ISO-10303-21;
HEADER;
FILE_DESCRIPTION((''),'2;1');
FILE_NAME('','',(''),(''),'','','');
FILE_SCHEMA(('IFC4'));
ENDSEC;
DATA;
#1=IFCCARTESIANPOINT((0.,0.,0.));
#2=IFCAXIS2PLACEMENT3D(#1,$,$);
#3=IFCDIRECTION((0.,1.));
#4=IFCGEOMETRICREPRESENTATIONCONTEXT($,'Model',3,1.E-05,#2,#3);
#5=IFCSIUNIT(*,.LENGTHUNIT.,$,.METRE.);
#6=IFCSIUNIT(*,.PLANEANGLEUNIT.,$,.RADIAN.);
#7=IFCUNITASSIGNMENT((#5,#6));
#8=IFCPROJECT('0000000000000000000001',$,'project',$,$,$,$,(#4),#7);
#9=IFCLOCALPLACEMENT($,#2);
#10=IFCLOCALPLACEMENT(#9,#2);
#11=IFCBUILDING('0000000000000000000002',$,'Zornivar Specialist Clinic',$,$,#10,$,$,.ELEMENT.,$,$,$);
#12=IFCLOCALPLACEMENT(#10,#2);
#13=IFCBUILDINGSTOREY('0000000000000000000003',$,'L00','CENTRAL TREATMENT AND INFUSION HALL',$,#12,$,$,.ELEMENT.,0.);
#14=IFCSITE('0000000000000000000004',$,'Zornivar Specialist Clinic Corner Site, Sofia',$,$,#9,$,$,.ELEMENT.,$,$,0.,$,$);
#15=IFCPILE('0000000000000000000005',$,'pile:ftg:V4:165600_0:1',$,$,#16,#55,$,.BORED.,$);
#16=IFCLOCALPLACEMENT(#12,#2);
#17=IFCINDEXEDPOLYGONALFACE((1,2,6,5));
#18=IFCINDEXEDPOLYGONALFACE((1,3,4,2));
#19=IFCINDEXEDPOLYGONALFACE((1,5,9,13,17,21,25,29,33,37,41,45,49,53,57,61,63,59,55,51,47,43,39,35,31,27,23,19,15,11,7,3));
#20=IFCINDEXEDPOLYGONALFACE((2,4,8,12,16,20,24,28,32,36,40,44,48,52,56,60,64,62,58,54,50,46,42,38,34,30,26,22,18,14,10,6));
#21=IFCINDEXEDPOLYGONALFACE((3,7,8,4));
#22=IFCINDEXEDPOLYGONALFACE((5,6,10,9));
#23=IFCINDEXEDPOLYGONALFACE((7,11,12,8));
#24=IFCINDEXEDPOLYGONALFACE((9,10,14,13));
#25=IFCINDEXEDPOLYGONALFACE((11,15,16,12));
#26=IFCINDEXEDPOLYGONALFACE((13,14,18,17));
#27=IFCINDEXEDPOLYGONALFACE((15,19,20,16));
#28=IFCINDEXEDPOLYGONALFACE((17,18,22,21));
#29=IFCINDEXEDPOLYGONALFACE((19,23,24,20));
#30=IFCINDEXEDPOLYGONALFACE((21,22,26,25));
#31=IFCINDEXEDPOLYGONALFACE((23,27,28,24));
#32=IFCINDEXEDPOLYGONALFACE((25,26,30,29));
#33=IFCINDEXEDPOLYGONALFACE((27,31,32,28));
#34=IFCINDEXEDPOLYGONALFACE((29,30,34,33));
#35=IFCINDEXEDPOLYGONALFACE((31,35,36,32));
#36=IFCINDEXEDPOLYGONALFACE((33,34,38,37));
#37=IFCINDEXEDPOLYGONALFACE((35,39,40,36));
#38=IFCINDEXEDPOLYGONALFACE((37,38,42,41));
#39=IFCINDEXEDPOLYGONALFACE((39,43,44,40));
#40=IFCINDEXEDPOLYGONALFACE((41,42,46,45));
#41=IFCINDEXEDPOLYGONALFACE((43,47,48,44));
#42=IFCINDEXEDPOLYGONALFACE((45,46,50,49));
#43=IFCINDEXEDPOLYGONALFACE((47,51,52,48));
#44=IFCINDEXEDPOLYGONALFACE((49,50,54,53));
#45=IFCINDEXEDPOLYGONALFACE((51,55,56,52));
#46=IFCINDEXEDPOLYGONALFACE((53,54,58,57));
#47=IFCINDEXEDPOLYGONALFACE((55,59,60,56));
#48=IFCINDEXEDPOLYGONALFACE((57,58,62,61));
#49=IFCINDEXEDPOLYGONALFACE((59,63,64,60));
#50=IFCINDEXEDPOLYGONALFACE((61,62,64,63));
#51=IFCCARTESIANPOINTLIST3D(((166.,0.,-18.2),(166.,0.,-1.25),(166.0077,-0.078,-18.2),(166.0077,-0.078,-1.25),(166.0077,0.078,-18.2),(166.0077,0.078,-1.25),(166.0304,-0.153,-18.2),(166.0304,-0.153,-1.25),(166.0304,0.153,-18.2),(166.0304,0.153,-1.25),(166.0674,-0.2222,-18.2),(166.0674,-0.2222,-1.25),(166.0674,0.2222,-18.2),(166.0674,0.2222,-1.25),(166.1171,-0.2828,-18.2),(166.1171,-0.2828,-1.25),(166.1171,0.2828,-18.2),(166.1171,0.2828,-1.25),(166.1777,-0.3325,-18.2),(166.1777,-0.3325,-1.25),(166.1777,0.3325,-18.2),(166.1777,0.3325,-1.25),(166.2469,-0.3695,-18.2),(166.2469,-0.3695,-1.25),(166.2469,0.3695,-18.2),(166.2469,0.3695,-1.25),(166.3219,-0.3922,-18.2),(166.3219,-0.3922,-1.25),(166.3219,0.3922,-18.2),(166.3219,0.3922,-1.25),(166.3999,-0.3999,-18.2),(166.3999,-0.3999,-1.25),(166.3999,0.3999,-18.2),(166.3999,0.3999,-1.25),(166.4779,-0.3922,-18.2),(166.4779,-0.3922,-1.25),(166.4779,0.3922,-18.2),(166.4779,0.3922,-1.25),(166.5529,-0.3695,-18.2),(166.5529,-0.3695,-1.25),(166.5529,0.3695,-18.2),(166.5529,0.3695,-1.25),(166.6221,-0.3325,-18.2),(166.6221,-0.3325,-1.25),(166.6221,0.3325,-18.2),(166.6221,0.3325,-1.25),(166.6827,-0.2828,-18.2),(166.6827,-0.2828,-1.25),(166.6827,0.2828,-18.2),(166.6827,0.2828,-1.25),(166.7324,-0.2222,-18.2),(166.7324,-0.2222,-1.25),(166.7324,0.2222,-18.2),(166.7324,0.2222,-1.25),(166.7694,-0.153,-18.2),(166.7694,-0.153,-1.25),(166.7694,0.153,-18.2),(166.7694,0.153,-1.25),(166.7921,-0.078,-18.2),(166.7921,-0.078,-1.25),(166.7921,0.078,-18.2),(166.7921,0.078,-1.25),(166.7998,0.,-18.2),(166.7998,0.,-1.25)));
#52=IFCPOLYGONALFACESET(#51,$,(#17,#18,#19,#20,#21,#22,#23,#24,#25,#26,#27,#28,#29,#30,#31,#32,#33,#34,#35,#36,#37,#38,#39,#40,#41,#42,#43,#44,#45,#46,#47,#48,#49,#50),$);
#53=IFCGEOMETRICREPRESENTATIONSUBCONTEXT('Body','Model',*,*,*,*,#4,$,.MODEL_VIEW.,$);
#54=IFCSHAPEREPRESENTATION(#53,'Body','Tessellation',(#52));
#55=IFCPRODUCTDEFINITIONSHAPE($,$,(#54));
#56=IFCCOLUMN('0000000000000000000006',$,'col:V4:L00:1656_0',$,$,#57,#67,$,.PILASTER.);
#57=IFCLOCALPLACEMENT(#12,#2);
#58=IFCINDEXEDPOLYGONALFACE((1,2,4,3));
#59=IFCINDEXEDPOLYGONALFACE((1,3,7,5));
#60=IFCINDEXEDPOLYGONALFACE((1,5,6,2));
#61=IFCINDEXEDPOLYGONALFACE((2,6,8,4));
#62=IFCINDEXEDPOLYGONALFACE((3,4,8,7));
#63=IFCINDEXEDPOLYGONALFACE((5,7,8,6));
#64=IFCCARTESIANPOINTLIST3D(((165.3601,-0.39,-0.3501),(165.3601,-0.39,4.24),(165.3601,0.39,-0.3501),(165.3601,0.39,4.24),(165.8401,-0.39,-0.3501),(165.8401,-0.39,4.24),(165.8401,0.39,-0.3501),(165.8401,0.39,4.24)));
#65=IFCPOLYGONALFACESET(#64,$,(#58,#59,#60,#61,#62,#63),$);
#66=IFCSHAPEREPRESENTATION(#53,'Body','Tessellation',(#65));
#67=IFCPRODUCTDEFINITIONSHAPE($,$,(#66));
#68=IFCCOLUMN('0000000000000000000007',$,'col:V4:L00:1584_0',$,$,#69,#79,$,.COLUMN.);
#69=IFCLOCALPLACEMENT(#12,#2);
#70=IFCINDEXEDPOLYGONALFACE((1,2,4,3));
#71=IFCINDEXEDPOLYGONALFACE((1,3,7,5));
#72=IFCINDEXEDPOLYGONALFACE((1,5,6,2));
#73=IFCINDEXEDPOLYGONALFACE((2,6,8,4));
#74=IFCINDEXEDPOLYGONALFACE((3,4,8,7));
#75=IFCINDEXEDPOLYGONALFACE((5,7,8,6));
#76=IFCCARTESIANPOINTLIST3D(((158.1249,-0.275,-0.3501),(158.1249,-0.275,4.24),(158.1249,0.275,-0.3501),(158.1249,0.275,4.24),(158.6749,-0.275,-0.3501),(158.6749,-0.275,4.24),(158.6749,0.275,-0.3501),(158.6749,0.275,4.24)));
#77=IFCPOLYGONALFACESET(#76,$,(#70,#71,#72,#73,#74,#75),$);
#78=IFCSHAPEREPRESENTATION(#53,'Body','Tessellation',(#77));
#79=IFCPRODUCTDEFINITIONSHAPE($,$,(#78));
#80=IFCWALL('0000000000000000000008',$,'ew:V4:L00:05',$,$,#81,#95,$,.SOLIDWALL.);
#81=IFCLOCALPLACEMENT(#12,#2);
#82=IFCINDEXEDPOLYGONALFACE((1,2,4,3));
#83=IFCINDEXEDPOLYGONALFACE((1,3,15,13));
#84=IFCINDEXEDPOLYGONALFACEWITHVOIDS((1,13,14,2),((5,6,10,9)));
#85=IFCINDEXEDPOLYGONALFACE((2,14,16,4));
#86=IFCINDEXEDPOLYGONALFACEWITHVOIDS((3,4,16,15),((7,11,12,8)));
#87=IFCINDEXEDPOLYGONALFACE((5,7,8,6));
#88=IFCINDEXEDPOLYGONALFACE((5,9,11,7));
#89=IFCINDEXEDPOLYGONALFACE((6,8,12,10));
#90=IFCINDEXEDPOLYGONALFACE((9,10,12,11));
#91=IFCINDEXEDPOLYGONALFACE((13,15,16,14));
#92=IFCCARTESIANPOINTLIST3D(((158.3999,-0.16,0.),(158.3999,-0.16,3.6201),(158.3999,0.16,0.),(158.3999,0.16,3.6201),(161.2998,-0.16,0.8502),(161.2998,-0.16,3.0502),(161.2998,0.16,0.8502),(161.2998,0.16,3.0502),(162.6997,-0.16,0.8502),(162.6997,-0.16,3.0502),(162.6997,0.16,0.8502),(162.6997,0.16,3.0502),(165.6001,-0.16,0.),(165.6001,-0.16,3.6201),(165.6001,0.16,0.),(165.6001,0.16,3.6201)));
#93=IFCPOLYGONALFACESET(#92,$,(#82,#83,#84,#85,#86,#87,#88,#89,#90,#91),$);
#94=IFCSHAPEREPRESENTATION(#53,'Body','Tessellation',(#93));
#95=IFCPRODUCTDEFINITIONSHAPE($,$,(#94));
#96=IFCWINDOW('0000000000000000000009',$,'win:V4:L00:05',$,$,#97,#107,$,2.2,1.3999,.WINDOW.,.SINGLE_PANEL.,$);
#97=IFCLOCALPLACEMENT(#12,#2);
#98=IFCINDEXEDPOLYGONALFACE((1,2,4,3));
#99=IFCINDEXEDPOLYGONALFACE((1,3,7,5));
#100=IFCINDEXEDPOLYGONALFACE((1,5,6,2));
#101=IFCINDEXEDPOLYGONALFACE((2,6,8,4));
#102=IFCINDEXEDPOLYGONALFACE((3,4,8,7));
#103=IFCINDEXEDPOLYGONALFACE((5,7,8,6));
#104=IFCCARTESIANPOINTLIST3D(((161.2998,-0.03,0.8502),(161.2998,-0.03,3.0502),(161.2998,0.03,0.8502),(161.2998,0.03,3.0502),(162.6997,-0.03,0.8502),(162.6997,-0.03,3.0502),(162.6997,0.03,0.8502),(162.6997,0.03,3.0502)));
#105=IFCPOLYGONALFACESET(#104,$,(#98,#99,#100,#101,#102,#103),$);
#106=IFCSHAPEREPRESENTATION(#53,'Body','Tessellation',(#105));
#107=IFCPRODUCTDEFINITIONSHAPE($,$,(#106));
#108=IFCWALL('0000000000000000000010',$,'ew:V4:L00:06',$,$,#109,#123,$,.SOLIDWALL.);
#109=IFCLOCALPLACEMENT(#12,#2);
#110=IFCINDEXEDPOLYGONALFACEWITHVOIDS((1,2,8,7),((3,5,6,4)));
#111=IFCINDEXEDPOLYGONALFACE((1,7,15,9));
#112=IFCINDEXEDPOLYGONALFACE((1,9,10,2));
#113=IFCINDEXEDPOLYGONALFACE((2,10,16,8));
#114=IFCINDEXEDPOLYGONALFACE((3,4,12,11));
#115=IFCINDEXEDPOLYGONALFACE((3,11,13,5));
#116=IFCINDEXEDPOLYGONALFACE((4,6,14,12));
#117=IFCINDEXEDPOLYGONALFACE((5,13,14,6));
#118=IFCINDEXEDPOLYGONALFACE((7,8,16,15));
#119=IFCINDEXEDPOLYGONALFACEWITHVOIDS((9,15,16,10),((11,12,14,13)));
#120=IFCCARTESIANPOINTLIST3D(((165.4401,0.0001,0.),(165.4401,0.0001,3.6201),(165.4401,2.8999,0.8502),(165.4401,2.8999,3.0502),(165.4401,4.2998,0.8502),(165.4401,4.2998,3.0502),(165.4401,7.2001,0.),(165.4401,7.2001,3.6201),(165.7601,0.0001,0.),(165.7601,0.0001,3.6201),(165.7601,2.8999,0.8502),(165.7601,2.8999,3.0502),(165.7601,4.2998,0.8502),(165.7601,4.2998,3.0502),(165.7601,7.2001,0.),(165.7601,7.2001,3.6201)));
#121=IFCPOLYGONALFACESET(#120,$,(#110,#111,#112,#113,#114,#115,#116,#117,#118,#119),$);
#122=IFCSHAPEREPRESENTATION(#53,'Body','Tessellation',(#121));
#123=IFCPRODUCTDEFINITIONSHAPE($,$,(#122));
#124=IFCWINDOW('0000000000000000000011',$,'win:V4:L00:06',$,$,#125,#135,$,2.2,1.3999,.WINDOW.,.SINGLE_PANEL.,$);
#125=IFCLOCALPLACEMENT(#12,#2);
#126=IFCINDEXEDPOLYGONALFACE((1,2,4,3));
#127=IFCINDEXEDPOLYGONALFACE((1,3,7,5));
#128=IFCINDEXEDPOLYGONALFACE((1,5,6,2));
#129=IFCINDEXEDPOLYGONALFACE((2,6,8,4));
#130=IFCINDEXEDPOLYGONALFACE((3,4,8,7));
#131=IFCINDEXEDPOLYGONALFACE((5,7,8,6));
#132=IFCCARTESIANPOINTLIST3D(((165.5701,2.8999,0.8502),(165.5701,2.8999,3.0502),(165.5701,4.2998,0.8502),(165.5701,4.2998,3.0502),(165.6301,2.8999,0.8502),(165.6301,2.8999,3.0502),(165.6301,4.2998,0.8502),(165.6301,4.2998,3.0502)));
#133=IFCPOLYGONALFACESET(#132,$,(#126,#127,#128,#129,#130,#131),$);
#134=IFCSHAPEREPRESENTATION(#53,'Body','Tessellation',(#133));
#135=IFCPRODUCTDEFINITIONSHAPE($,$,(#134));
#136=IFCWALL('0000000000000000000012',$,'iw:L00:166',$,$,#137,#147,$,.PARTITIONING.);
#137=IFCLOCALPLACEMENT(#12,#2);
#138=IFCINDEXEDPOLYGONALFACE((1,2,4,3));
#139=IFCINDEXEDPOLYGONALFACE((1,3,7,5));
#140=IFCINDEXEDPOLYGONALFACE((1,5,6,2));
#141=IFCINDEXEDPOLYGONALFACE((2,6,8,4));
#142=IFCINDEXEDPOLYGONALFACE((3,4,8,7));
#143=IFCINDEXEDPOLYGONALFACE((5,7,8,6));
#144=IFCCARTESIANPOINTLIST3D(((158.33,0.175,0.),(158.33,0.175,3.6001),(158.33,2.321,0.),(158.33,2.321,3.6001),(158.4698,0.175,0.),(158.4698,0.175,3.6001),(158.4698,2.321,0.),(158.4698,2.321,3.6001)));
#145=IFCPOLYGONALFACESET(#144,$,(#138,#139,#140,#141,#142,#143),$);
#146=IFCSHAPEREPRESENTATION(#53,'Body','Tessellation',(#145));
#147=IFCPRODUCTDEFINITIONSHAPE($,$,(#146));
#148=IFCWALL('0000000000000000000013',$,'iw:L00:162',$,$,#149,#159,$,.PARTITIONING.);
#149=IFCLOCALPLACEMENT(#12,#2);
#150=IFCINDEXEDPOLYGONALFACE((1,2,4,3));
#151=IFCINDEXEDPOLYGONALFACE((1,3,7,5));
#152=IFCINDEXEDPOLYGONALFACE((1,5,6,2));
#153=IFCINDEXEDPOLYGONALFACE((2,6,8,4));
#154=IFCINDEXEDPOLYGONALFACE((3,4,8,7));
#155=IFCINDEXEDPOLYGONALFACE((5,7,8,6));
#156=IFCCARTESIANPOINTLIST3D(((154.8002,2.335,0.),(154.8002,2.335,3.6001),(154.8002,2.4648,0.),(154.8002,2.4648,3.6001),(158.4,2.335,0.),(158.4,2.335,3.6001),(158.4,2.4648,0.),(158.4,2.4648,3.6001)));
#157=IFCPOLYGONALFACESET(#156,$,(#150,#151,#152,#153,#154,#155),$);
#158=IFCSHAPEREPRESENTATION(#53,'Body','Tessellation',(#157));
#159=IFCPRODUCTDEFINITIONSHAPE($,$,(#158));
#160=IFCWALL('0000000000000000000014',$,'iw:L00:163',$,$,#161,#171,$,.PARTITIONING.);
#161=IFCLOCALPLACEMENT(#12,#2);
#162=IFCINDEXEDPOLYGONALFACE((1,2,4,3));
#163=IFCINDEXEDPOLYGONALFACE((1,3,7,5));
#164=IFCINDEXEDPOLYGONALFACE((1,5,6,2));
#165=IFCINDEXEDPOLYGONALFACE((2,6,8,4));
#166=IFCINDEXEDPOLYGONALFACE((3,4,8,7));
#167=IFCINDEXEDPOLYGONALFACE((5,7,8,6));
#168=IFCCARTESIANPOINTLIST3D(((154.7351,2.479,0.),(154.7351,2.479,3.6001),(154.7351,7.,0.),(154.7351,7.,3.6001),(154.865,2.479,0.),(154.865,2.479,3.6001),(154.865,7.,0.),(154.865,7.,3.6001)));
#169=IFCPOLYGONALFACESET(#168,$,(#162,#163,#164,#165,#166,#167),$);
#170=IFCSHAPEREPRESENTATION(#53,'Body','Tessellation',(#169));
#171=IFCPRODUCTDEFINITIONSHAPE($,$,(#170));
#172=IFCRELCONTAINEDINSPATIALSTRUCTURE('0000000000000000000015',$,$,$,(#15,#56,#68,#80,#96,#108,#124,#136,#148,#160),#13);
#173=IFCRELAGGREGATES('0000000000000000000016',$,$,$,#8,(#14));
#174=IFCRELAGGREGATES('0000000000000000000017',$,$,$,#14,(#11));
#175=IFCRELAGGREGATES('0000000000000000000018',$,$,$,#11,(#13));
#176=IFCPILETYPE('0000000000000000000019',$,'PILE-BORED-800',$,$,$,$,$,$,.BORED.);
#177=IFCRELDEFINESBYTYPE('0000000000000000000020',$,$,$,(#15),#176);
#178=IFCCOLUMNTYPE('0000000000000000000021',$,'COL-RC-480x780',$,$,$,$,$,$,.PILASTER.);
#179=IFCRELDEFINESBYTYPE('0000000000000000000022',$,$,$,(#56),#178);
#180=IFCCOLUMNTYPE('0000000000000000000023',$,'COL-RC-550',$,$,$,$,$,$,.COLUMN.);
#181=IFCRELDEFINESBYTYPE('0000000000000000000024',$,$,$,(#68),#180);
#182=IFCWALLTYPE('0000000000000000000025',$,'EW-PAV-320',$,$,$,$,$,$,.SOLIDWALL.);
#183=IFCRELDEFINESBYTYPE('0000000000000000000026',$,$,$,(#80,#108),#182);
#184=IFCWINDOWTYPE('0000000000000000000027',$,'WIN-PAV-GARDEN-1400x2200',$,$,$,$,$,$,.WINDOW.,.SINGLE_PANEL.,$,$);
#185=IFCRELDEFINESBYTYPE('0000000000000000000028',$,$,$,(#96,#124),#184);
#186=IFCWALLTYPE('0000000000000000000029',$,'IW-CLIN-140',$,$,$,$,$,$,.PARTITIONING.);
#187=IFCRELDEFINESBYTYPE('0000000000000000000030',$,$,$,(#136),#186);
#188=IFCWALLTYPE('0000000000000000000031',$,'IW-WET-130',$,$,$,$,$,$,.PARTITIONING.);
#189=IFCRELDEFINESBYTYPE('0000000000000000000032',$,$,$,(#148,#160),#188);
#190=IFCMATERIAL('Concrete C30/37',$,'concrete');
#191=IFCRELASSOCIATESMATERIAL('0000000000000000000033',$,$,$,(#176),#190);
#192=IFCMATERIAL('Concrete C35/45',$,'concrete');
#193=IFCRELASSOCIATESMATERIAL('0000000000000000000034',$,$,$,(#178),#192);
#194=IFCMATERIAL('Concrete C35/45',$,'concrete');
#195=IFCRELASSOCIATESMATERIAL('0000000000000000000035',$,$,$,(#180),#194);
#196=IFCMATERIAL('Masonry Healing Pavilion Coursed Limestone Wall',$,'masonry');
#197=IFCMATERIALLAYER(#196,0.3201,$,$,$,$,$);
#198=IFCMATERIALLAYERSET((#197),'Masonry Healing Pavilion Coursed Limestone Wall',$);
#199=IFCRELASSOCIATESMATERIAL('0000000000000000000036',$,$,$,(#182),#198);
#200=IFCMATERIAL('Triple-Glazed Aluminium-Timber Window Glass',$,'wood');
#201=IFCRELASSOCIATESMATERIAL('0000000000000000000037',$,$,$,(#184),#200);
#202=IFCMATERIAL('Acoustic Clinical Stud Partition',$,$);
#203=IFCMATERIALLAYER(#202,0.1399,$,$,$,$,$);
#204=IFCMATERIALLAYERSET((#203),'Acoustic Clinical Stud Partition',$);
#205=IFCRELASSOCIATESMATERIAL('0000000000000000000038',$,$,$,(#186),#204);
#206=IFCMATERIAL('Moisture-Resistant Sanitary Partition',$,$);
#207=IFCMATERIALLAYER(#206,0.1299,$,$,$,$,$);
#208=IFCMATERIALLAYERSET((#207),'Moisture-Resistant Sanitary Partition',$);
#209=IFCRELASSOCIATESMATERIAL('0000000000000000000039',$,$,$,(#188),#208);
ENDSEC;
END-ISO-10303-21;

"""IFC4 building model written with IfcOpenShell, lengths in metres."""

from ifc_helpers import new_model, si_unit, direction, frame, frame_2d, origin, origin_2d, place, context, subcontext, project, spatial, rectangle, circle, extrude, material, layer, layer_set, material_profile, profile_set, type_object, element, fill, save


model = new_model("IFC4")

# Units and contexts
model_context = context("Model", 3, precision=1e-05, world=origin(), true_north=direction((0.0, 1.0)))
body_context = subcontext(model_context, "Body", "Model", "MODEL_VIEW")
ifc_project = project(units=[si_unit("LENGTHUNIT", "METRE"), si_unit("PLANEANGLEUNIT", "RADIAN")], contexts=[model_context])

# Site, building, storey
site_placement = place(None, origin())
site = spatial("IfcSite", under=ifc_project, at=site_placement, Name="Zornivar Specialist Clinic Corner Site, Sofia", CompositionType="ELEMENT", RefElevation=0.0)
building_placement = place(site_placement, origin())
building = spatial("IfcBuilding", under=site, at=building_placement, Name="Zornivar Specialist Clinic", CompositionType="ELEMENT")
storey_placement = place(building_placement, origin())
storey = spatial("IfcBuildingStorey", under=building, at=storey_placement, Name="L00", Description="CENTRAL TREATMENT AND INFUSION HALL", CompositionType="ELEMENT", Elevation=0.0)

# Pile
ifc_material_1 = material(Name="Concrete C30/37", Category="concrete")
ifc_material_profile_1 = material_profile(ifc_material_1, circle(Radius=0.3999, at=origin_2d()), Name="PILE D800")
ifc_profile_set_1 = profile_set([ifc_material_profile_1], Name="Concrete C30/37")
pile_type = type_object("IfcPileType", Name="PILE-BORED-800", PredefinedType="BORED", material=ifc_profile_set_1)
for number, where, z_axis, x_axis, name in (
    (1, (166.3999, 0.0, -1.25), (0.0, 0.0, -1.0), (1.0, 0.0, 0.0), "pile:ftg:V4:165600_0:1"),
):
    element("IfcPile", number, at=place(storey_placement, frame(where, z_axis=z_axis, x_axis=x_axis)), inside=storey, type_object=pile_type, Name=name, PredefinedType="BORED", context=body_context, shape_type="SweptSolid", body=[
        extrude(circle(Radius=0.3999, at=origin_2d()), origin(), (0.0, 0.0, 1.0), 16.95),
    ])

# Columns
ifc_material_2 = material(Name="Concrete C35/45", Category="concrete")
ifc_material_profile_2 = material_profile(ifc_material_2, rectangle(XDim=0.48, YDim=0.78, at=origin_2d()), Name="RC 480x780")
ifc_profile_set_2 = profile_set([ifc_material_profile_2], Name="Concrete C35/45")
column_type_1 = type_object("IfcColumnType", Name="COL-RC-480x780", PredefinedType="PILASTER", material=ifc_profile_set_2)
column_1_placement = place(storey_placement, frame((165.6001, 0.0, -0.3501), z_axis=(0.0, 0.0, 1.0), x_axis=(1.0, 0.0, 0.0)))
element("IfcColumn", 2, at=column_1_placement, inside=storey, type_object=column_type_1, Name="col:V4:L00:1656_0", PredefinedType="PILASTER", context=body_context, shape_type="SweptSolid", body=[
    extrude(rectangle(XDim=0.48, YDim=0.78, at=origin_2d()), origin(), (0.0, 0.0, 1.0), 4.5901),
])
ifc_material_3 = material(Name="Concrete C35/45", Category="concrete")
ifc_material_profile_3 = material_profile(ifc_material_3, rectangle(XDim=0.55, YDim=0.55, at=origin_2d()), Name="RC 550x550")
ifc_profile_set_3 = profile_set([ifc_material_profile_3], Name="Concrete C35/45")
column_type_2 = type_object("IfcColumnType", Name="COL-RC-550", PredefinedType="COLUMN", material=ifc_profile_set_3)
column_2_placement = place(storey_placement, frame((158.3999, 0.0, -0.3501), z_axis=(0.0, 0.0, 1.0), x_axis=(1.0, 0.0, 0.0)))
element("IfcColumn", 3, at=column_2_placement, inside=storey, type_object=column_type_2, Name="col:V4:L00:1584_0", PredefinedType="COLUMN", context=body_context, shape_type="SweptSolid", body=[
    extrude(rectangle(XDim=0.55, YDim=0.55, at=origin_2d()), origin(), (0.0, 0.0, 1.0), 4.5901),
])

# Walls, openings, windows
ifc_material_4 = material(Name="Masonry Healing Pavilion Coursed Limestone Wall", Category="masonry")
ifc_layer_1 = layer(ifc_material_4, 0.3201)
ifc_layer_set_1 = layer_set([ifc_layer_1], Name="Masonry Healing Pavilion Coursed Limestone Wall")
wall_type_1 = type_object("IfcWallType", Name="EW-PAV-320", PredefinedType="SOLIDWALL", material=ifc_layer_set_1)
wall_1_placement = place(storey_placement, frame((158.3999, 0.0, 0.0), z_axis=(0.0, 0.0, 1.0), x_axis=(1.0, 0.0, 0.0)))
wall_1 = element("IfcWall", 4, at=wall_1_placement, inside=storey, type_object=wall_type_1, Name="ew:V4:L00:05", PredefinedType="SOLIDWALL", context=body_context, shape_type="SweptSolid", body=[
    extrude(rectangle(XDim=7.2002, YDim=0.3201, at=frame_2d((3.6001, 0.0))), origin(), (0.0, 0.0, 1.0), 3.6201),
])
opening_1_placement = place(wall_1_placement, frame((2.8999, 0.0, 0.8501)))
opening_1 = element("IfcOpeningElement", 5, at=opening_1_placement, cuts=wall_1, PredefinedType="OPENING", context=body_context, shape_type="SweptSolid", body=[
    extrude(rectangle(XDim=1.3999, YDim=2.2, at=frame_2d((0.7, 1.1001))), frame((0.0, 0.1699, 0.0), z_axis=(0.0, -1.0, 0.0), x_axis=(1.0, 0.0, 0.0)), (0.0, 0.0, 1.0), 0.3401),
])
ifc_material_5 = material(Name="Triple-Glazed Aluminium-Timber Window Glass", Category="wood")
window_type = type_object("IfcWindowType", Name="WIN-PAV-GARDEN-1400x2200", PartitioningType="SINGLE_PANEL", PredefinedType="WINDOW", material=ifc_material_5)
window_1_placement = place(opening_1_placement, origin())
window_1 = element("IfcWindow", 6, at=window_1_placement, inside=storey, type_object=window_type, Name="win:V4:L00:05", OverallHeight=2.2, OverallWidth=1.3999, PartitioningType="SINGLE_PANEL", PredefinedType="WINDOW", context=body_context, shape_type="SweptSolid", body=[
    extrude(rectangle(XDim=1.3999, YDim=2.2, at=frame_2d((0.7, 1.1001))), frame((0.0, 0.03, 0.0), z_axis=(0.0, -1.0, 0.0), x_axis=(1.0, 0.0, 0.0)), (0.0, 0.0, 1.0), 0.0601),
])
fill(opening_1, window_1)
wall_2_placement = place(storey_placement, frame((165.6001, 0.0, 0.0), z_axis=(0.0, 0.0, 1.0), x_axis=(0.0, 1.0, 0.0)))
wall_2 = element("IfcWall", 7, at=wall_2_placement, inside=storey, type_object=wall_type_1, Name="ew:V4:L00:06", PredefinedType="SOLIDWALL", context=body_context, shape_type="SweptSolid", body=[
    extrude(rectangle(XDim=7.2, YDim=0.3201, at=frame_2d((3.6001, 0.0))), origin(), (0.0, 0.0, 1.0), 3.6201),
])
opening_2_placement = place(wall_2_placement, frame((2.8999, 0.0, 0.8501)))
opening_2 = element("IfcOpeningElement", 8, at=opening_2_placement, cuts=wall_2, PredefinedType="OPENING", context=body_context, shape_type="SweptSolid", body=[
    extrude(rectangle(XDim=1.3999, YDim=2.2, at=frame_2d((0.7, 1.1001))), frame((0.0, 0.1699, 0.0), z_axis=(0.0, -1.0, 0.0), x_axis=(1.0, 0.0, 0.0)), (0.0, 0.0, 1.0), 0.3401),
])
window_2_placement = place(opening_2_placement, origin())
window_2 = element("IfcWindow", 9, at=window_2_placement, inside=storey, type_object=window_type, Name="win:V4:L00:06", OverallHeight=2.2, OverallWidth=1.3999, PartitioningType="SINGLE_PANEL", PredefinedType="WINDOW", context=body_context, shape_type="SweptSolid", body=[
    extrude(rectangle(XDim=1.3999, YDim=2.2, at=frame_2d((0.7, 1.1001))), frame((0.0, 0.03, 0.0), z_axis=(0.0, -1.0, 0.0), x_axis=(1.0, 0.0, 0.0)), (0.0, 0.0, 1.0), 0.0601),
])
fill(opening_2, window_2)

# Walls
ifc_material_6 = material(Name="Acoustic Clinical Stud Partition")
ifc_layer_2 = layer(ifc_material_6, 0.1399)
ifc_layer_set_2 = layer_set([ifc_layer_2], Name="Acoustic Clinical Stud Partition")
wall_type_2 = type_object("IfcWallType", Name="IW-CLIN-140", PredefinedType="PARTITIONING", material=ifc_layer_set_2)
wall_3_placement = place(storey_placement, frame((158.3999, 2.321, 0.0), z_axis=(0.0, 0.0, 1.0), x_axis=(0.0, -1.0, 0.0)))
element("IfcWall", 10, at=wall_3_placement, inside=storey, type_object=wall_type_2, Name="iw:L00:166", PredefinedType="PARTITIONING", context=body_context, shape_type="SweptSolid", body=[
    extrude(rectangle(XDim=2.146, YDim=0.1399, at=frame_2d((1.073, 0.0))), origin(), (0.0, 0.0, 1.0), 3.6001),
])
ifc_material_7 = material(Name="Moisture-Resistant Sanitary Partition")
ifc_layer_3 = layer(ifc_material_7, 0.1299)
ifc_layer_set_3 = layer_set([ifc_layer_3], Name="Moisture-Resistant Sanitary Partition")
wall_type_3 = type_object("IfcWallType", Name="IW-WET-130", PredefinedType="PARTITIONING", material=ifc_layer_set_3)
wall_4_placement = place(storey_placement, frame((158.3999, 2.3999, 0.0), z_axis=(0.0, 0.0, 1.0), x_axis=(-1.0, 0.0, 0.0)))
element("IfcWall", 11, at=wall_4_placement, inside=storey, type_object=wall_type_3, Name="iw:L00:162", PredefinedType="PARTITIONING", context=body_context, shape_type="SweptSolid", body=[
    extrude(rectangle(XDim=3.5999, YDim=0.1299, at=frame_2d((1.7998, 0.0))), origin(), (0.0, 0.0, 1.0), 3.6001),
])
wall_5_placement = place(storey_placement, frame((154.8, 2.479, 0.0), z_axis=(0.0, 0.0, 1.0), x_axis=(0.0, 1.0, 0.0)))
element("IfcWall", 12, at=wall_5_placement, inside=storey, type_object=wall_type_3, Name="iw:L00:163", PredefinedType="PARTITIONING", context=body_context, shape_type="SweptSolid", body=[
    extrude(rectangle(XDim=4.521, YDim=0.1299, at=frame_2d((2.2605, 0.0))), origin(), (0.0, 0.0, 1.0), 3.6001),
])

save(model, "model.ifc")
